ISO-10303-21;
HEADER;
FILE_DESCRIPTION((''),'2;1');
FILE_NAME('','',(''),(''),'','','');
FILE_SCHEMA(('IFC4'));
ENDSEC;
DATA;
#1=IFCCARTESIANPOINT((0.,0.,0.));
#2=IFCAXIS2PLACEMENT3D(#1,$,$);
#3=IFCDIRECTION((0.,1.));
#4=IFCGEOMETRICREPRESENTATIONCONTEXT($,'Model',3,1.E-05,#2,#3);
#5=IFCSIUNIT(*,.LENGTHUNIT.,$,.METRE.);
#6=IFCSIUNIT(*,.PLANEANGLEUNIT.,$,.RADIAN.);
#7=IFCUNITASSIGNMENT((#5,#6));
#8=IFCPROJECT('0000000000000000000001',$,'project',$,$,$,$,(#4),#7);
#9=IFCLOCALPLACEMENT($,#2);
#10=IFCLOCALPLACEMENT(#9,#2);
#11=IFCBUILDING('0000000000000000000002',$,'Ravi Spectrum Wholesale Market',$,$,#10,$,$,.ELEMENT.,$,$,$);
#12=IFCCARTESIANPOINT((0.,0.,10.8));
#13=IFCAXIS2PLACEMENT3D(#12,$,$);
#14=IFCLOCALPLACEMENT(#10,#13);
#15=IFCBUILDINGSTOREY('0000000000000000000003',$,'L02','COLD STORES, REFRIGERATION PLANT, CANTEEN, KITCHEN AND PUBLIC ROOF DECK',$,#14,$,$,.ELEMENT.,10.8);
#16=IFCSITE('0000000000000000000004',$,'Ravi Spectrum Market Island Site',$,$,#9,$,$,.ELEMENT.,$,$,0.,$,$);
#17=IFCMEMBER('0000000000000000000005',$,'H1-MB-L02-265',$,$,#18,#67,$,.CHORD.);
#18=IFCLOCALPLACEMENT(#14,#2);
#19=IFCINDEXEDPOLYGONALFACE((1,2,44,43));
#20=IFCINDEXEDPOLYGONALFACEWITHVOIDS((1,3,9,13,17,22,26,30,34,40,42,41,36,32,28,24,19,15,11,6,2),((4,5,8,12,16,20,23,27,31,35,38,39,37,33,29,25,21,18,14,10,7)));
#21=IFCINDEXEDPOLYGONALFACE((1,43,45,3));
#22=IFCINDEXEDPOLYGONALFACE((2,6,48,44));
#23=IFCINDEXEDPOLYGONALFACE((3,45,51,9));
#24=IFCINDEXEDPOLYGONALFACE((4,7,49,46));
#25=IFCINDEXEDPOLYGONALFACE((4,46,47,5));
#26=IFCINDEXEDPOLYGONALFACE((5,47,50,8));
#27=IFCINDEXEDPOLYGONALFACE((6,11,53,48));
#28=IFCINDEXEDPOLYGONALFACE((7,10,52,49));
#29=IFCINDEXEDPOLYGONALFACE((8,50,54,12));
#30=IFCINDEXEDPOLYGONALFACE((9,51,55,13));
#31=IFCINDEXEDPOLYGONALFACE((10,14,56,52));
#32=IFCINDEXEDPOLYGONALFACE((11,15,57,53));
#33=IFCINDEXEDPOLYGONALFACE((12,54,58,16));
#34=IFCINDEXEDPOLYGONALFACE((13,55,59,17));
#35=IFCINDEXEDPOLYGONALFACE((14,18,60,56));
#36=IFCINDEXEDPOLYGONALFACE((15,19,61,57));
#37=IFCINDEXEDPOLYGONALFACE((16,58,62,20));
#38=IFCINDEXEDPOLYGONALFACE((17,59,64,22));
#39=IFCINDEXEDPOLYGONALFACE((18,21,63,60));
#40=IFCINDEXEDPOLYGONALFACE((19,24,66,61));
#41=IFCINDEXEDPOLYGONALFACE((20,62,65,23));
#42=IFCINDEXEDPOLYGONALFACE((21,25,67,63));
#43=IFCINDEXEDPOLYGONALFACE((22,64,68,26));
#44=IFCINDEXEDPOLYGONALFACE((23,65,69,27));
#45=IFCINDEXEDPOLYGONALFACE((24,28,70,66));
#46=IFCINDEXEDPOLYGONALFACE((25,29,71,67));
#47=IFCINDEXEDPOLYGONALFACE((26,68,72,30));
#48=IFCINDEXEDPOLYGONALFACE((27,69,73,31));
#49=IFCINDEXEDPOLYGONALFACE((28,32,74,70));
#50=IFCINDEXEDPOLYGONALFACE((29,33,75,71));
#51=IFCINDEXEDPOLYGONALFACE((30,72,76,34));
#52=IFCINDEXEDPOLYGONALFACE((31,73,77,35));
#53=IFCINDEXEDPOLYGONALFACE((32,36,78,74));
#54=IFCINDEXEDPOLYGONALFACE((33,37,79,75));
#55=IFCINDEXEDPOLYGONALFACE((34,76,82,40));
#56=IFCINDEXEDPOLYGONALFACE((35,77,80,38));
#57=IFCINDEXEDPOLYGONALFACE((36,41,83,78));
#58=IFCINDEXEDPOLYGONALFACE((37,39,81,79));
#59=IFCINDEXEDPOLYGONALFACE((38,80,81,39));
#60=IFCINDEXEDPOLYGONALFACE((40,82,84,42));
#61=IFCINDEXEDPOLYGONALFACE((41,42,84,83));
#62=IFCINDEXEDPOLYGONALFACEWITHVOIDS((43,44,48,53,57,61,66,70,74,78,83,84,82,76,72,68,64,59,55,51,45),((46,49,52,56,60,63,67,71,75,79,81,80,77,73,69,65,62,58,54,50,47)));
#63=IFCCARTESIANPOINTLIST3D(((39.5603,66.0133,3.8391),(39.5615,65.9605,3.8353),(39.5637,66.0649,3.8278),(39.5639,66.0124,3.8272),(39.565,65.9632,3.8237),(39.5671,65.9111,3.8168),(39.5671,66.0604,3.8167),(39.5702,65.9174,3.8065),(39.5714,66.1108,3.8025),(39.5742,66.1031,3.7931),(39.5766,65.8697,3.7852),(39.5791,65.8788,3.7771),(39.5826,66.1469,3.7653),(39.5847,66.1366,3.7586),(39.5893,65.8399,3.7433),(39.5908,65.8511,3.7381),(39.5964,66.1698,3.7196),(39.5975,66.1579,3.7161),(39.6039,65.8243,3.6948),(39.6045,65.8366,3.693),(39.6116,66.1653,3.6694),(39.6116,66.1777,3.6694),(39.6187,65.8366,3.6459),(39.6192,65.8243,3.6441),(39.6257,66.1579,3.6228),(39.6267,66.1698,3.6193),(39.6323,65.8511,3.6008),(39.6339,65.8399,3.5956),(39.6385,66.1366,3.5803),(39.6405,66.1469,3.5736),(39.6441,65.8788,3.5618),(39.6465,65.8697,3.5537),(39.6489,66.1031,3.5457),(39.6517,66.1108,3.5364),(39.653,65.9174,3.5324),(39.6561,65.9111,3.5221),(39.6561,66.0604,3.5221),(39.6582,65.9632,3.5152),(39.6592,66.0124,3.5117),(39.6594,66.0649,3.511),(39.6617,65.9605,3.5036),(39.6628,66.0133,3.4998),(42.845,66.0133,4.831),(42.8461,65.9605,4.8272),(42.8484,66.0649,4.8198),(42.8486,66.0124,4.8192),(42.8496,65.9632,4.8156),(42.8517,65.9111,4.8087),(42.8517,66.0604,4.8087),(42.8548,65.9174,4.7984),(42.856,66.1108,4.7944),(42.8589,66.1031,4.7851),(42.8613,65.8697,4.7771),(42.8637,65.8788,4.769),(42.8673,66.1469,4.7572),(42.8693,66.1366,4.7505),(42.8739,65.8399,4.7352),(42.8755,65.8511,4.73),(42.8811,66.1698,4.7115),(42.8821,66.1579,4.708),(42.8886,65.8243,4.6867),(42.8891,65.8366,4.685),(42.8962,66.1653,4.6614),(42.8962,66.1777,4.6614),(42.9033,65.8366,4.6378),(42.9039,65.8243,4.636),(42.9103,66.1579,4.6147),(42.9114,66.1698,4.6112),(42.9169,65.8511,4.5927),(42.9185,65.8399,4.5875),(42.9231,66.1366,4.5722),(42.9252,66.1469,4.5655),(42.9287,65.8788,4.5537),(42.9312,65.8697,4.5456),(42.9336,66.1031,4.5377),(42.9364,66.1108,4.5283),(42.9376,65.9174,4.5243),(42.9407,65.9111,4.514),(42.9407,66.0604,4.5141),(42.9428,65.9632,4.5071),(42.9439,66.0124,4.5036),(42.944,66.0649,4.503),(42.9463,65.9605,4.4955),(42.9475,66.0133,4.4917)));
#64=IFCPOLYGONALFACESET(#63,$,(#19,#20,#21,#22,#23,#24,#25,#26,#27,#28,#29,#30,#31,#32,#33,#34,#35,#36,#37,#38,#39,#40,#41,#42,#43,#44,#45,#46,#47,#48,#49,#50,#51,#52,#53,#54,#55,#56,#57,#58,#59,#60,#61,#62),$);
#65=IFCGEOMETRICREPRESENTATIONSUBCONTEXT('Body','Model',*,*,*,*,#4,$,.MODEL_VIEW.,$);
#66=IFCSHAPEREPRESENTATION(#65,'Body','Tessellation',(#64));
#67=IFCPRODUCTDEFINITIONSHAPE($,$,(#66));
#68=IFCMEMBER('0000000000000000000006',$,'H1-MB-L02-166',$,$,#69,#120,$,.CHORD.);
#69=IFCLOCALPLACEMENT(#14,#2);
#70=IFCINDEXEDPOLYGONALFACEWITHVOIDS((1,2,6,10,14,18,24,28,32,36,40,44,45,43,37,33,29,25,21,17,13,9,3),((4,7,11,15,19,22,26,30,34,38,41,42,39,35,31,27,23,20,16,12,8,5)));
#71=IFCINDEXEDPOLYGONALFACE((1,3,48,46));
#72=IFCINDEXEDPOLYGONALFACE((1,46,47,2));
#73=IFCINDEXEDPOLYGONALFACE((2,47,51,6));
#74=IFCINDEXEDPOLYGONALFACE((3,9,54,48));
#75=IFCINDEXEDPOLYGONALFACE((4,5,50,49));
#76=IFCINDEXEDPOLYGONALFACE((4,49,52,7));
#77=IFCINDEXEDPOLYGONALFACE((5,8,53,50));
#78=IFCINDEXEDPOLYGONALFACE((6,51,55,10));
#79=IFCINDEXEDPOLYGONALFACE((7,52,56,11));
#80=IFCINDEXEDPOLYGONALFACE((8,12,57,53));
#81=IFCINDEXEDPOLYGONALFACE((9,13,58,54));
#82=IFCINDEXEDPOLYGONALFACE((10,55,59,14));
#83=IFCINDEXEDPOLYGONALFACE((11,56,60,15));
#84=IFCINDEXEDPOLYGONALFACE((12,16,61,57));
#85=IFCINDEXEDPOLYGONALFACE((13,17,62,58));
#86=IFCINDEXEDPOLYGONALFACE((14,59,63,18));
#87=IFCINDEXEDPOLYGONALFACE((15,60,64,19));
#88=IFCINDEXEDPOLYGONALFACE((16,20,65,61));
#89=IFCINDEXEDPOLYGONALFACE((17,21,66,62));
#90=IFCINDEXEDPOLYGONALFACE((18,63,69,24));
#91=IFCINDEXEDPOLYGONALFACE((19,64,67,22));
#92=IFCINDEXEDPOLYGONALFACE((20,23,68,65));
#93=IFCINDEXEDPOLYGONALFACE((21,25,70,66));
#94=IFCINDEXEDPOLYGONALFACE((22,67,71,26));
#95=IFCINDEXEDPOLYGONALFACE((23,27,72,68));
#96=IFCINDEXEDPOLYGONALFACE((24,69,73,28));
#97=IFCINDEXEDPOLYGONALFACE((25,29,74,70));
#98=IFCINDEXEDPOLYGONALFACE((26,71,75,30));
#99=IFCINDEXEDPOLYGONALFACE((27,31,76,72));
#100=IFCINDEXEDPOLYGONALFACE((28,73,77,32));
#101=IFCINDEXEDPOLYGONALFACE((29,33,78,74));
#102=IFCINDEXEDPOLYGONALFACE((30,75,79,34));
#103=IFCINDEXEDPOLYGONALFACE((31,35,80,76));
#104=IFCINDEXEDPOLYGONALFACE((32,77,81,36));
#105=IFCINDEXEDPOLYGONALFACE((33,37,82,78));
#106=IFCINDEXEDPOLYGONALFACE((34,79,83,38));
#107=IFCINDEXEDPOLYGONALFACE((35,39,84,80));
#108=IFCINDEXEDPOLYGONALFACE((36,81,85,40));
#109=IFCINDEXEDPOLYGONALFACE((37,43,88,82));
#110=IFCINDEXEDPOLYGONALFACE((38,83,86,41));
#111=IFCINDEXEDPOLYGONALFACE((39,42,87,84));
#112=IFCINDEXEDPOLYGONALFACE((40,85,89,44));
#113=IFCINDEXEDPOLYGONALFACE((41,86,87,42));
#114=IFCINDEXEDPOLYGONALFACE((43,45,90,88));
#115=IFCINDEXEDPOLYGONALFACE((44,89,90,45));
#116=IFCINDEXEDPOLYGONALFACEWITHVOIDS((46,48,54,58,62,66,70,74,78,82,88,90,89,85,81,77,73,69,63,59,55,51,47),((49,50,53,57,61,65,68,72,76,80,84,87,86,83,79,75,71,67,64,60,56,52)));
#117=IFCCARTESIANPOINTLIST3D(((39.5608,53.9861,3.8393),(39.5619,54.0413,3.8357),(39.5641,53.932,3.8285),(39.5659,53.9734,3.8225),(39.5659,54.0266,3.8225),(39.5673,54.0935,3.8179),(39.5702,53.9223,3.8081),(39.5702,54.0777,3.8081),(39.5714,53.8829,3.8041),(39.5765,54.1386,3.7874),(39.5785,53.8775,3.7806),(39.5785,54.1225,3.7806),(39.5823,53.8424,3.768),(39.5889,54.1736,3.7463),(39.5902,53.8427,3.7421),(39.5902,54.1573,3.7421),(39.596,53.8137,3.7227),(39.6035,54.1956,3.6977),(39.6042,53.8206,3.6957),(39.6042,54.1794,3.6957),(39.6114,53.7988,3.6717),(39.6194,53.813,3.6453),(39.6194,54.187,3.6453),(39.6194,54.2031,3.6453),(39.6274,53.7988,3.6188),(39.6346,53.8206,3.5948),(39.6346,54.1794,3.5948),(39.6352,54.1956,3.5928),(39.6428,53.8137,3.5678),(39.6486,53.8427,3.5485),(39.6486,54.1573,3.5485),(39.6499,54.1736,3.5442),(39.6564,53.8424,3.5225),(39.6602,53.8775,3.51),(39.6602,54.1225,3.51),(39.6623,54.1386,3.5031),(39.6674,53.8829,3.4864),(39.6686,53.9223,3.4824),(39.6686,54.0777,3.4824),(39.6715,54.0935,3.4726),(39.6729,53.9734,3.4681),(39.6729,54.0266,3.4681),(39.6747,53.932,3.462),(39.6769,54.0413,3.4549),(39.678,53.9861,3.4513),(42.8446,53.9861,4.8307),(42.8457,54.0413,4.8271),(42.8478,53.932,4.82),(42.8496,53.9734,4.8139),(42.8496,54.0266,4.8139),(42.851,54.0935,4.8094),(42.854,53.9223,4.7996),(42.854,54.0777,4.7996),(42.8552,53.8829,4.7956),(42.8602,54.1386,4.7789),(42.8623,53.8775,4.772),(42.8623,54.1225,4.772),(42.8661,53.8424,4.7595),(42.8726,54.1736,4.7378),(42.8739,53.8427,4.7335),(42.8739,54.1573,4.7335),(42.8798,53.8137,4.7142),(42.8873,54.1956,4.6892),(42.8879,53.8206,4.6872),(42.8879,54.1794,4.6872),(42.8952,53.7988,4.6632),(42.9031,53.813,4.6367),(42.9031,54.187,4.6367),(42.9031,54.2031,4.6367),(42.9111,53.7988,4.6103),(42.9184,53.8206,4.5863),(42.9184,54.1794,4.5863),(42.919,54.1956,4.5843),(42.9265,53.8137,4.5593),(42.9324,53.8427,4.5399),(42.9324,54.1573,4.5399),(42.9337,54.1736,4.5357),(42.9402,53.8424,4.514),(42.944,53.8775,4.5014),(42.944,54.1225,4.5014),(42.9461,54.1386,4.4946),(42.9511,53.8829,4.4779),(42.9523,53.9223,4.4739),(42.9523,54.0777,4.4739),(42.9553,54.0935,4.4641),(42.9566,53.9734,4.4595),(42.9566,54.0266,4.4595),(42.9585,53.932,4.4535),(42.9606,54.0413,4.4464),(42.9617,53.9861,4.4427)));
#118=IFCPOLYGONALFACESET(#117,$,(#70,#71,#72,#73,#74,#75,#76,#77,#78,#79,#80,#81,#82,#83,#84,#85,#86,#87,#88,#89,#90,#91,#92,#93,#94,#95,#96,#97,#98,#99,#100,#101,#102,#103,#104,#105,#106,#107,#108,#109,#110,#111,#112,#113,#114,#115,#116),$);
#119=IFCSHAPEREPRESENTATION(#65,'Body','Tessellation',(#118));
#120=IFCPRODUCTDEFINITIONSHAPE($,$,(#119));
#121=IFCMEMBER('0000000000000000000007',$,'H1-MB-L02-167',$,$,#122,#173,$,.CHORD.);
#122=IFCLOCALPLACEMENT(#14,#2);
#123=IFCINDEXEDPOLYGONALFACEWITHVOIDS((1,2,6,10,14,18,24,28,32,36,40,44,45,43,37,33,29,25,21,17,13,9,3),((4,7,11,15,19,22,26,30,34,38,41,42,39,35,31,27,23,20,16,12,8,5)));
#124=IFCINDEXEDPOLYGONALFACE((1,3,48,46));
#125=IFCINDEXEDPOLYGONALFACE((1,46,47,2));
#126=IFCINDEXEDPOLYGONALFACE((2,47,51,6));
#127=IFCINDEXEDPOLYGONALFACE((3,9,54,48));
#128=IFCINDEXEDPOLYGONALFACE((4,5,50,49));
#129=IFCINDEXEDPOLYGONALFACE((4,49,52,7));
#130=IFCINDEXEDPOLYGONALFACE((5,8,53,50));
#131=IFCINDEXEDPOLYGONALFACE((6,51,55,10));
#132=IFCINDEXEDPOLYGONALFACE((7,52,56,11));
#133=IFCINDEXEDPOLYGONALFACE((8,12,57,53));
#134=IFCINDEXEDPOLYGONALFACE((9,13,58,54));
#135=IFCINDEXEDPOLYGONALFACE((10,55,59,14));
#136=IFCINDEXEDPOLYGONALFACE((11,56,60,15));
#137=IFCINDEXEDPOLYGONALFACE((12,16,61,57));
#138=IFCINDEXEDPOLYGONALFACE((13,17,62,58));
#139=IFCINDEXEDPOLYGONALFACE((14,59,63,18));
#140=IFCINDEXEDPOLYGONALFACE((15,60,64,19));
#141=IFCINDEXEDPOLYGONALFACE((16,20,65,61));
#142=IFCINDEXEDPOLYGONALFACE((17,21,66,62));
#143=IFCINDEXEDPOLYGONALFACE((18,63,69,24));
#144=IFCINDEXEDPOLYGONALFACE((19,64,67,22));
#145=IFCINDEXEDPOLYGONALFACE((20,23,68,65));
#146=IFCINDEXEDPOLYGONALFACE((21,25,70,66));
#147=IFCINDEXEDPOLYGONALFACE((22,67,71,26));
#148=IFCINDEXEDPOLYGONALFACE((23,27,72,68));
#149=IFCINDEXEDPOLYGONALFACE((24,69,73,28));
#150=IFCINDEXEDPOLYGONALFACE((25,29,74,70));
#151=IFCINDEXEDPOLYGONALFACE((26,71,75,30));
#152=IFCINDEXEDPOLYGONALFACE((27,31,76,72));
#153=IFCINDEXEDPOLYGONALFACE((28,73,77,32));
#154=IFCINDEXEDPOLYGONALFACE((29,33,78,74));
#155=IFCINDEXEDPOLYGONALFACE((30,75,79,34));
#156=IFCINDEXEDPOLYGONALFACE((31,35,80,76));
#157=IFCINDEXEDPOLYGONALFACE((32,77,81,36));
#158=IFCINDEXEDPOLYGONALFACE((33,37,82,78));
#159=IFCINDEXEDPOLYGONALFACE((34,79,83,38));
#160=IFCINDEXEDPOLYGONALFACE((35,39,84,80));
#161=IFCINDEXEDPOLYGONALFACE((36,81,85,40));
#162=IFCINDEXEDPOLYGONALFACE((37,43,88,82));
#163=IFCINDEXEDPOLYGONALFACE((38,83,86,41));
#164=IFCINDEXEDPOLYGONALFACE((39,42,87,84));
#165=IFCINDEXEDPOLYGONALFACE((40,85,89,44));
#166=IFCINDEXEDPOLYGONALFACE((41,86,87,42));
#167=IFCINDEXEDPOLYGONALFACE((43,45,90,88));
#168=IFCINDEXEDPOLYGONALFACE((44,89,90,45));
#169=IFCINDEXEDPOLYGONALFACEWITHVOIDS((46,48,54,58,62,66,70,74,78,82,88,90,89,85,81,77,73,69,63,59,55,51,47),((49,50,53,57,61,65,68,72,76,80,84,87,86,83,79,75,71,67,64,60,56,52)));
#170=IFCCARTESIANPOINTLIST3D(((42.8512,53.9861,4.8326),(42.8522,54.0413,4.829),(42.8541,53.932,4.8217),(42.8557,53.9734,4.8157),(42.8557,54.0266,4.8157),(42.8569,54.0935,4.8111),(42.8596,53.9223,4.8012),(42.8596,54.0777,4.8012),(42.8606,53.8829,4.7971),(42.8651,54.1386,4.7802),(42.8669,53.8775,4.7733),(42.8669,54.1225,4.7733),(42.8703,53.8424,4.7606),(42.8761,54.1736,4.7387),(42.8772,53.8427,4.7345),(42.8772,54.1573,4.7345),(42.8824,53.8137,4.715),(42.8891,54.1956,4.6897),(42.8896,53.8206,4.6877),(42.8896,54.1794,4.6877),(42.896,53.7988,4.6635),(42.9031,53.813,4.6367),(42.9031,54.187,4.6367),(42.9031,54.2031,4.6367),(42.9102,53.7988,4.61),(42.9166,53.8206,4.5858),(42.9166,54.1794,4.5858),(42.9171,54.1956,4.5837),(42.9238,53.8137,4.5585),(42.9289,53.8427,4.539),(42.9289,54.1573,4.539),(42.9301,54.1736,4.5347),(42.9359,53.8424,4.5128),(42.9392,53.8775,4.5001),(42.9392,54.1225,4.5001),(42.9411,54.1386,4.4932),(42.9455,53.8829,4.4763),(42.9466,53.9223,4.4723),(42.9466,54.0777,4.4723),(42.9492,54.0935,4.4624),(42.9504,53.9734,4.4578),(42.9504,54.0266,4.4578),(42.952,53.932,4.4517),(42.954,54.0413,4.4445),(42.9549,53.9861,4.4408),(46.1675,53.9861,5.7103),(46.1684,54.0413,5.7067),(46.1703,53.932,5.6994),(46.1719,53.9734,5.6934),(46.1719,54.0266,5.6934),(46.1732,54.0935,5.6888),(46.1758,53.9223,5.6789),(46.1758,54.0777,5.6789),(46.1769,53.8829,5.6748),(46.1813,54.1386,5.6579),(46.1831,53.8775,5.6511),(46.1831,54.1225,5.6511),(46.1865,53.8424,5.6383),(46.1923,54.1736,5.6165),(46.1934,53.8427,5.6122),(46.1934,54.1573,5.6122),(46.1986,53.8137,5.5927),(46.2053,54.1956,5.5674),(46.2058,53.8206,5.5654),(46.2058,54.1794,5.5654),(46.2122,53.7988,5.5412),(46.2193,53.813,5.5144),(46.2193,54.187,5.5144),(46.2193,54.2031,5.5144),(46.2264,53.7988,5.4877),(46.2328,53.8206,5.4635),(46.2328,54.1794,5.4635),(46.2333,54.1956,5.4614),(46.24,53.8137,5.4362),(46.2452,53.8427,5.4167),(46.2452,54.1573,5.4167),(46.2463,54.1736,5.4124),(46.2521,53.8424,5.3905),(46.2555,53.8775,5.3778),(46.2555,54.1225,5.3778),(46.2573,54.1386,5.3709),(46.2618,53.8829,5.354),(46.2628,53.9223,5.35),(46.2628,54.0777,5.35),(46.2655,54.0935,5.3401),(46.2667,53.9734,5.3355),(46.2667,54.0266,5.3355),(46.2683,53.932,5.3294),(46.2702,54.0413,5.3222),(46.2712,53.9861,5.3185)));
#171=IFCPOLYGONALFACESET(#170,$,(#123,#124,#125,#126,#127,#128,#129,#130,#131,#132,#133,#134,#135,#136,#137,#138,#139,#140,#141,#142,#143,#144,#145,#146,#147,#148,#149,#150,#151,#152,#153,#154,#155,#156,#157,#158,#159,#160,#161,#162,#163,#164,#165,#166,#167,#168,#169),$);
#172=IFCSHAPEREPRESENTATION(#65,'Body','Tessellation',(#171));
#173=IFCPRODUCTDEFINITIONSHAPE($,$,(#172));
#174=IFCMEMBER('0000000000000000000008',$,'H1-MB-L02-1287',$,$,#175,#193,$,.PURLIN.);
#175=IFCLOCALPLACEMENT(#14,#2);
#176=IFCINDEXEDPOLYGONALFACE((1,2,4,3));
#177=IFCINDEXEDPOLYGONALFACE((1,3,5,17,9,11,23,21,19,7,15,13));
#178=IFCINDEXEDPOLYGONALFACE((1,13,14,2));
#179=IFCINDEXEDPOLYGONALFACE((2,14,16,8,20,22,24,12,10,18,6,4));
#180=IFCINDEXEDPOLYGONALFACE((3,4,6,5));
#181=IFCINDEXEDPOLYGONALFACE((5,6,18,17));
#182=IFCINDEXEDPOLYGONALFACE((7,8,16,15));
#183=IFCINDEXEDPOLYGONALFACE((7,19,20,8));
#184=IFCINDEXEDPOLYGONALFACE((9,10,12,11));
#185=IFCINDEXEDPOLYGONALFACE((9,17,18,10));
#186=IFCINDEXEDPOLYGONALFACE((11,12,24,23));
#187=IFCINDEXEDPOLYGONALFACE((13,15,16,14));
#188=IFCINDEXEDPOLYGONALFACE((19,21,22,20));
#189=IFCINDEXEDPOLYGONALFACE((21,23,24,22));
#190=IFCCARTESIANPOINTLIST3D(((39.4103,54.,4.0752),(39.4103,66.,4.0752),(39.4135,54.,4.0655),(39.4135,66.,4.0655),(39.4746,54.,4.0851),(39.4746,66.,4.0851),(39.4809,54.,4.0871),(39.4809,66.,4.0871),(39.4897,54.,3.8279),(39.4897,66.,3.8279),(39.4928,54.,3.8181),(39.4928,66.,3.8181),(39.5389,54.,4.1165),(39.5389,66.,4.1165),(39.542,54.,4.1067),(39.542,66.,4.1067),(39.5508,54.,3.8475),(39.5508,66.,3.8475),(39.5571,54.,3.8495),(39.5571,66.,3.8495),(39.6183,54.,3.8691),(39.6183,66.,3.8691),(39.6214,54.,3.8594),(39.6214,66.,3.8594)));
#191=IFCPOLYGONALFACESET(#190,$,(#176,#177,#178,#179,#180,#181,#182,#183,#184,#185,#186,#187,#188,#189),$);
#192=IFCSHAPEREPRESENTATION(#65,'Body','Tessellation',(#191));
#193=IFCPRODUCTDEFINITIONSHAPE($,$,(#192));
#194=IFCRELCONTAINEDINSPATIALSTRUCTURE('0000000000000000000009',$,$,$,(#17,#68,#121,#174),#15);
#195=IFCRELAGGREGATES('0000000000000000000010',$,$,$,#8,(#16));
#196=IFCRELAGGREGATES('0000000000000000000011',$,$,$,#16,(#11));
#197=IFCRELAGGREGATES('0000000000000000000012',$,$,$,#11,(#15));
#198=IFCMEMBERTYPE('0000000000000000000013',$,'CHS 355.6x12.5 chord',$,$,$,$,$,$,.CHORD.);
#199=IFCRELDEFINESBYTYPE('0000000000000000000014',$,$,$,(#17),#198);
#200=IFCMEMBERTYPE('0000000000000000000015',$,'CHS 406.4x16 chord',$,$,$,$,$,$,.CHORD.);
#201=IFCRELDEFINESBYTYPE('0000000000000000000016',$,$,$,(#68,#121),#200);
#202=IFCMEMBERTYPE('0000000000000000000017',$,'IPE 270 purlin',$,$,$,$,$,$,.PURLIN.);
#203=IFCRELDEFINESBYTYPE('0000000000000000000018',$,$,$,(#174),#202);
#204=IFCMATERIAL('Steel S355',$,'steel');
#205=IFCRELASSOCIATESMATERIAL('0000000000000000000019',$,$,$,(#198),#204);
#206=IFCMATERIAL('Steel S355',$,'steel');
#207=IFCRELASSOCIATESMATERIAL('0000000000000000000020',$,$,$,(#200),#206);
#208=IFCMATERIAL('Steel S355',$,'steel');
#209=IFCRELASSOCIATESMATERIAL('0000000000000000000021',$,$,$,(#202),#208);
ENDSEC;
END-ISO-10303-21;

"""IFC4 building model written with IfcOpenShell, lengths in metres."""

from ifc_helpers import new_model, si_unit, direction, frame, origin, origin_2d, place, context, subcontext, project, spatial, hollow_circle, i_section, extrude, material, material_profile, profile_set, type_object, element, save


model = new_model("IFC4")

# Units and contexts
model_context = context("Model", 3, precision=1e-05, world=origin(), true_north=direction((0.0, 1.0)))
body_context = subcontext(model_context, "Body", "Model", "MODEL_VIEW")
ifc_project = project(units=[si_unit("LENGTHUNIT", "METRE"), si_unit("PLANEANGLEUNIT", "RADIAN")], contexts=[model_context])

# Site, building, storey
site_placement = place(None, origin())
site = spatial("IfcSite", under=ifc_project, at=site_placement, Name="Ravi Spectrum Market Island Site", CompositionType="ELEMENT", RefElevation=0.0)
building_placement = place(site_placement, origin())
building = spatial("IfcBuilding", under=site, at=building_placement, Name="Ravi Spectrum Wholesale Market", CompositionType="ELEMENT")
storey_placement = place(building_placement, frame((0.0, 0.0, 10.8)))
storey = spatial("IfcBuildingStorey", under=building, at=storey_placement, Name="L02", Description="COLD STORES, REFRIGERATION PLANT, CANTEEN, KITCHEN AND PUBLIC ROOF DECK", CompositionType="ELEMENT", Elevation=10.8)

# Members
ifc_material_1 = material(Name="Steel S355", Category="steel")
ifc_material_profile_1 = material_profile(ifc_material_1, hollow_circle(Radius=0.1777, WallThickness=0.0125, at=origin_2d()))
ifc_profile_set_1 = profile_set([ifc_material_profile_1], Name="Steel S355")
member_type_1 = type_object("IfcMemberType", Name="CHS 355.6x12.5 chord", PredefinedType="CHORD", material=ifc_profile_set_1)
member_1_placement = place(storey_placement, frame((39.6116, 66.0, 3.6694), z_axis=(0.9573, 0.0, 0.289097), x_axis=(0.0, 1.0, 0.0)))
element("IfcMember", 1, at=member_1_placement, inside=storey, type_object=member_type_1, Name="H1-MB-L02-265", PredefinedType="CHORD", context=body_context, shape_type="SweptSolid", body=[
    extrude(hollow_circle(Radius=0.1777, WallThickness=0.0125, at=origin_2d()), origin(), (0.0, 0.0, 1.0), 3.4312),
])
ifc_material_2 = material(Name="Steel S355", Category="steel")
ifc_material_profile_2 = material_profile(ifc_material_2, hollow_circle(Radius=0.2031, WallThickness=0.0161, at=origin_2d()))
ifc_profile_set_2 = profile_set([ifc_material_profile_2], Name="Steel S355")
member_type_2 = type_object("IfcMemberType", Name="CHS 406.4x16 chord", PredefinedType="CHORD", material=ifc_profile_set_2)
member_2_placement = place(storey_placement, frame((39.6194, 54.0, 3.6453), z_axis=(0.957315, 0.0, 0.289045), x_axis=(0.0, 1.0, 0.0)))
element("IfcMember", 2, at=member_2_placement, inside=storey, type_object=member_type_2, Name="H1-MB-L02-166", PredefinedType="CHORD", context=body_context, shape_type="SweptSolid", body=[
    extrude(hollow_circle(Radius=0.2031, WallThickness=0.0161, at=origin_2d()), origin(), (0.0, 0.0, 1.0), 3.4302),
])
member_3_placement = place(storey_placement, frame((42.9031, 54.0, 4.6367), z_axis=(0.966714, 0.0, 0.255859), x_axis=(0.0, 1.0, 0.0)))
element("IfcMember", 3, at=member_3_placement, inside=storey, type_object=member_type_2, Name="H1-MB-L02-167", PredefinedType="CHORD", context=body_context, shape_type="SweptSolid", body=[
    extrude(hollow_circle(Radius=0.2031, WallThickness=0.0161, at=origin_2d()), origin(), (0.0, 0.0, 1.0), 3.4304),
])
ifc_material_3 = material(Name="Steel S355", Category="steel")
ifc_material_profile_3 = material_profile(ifc_material_3, i_section(OverallWidth=0.135, OverallDepth=0.27, WebThickness=0.0066, FlangeThickness=0.0103, at=origin_2d()))
ifc_profile_set_3 = profile_set([ifc_material_profile_3], Name="Steel S355")
member_type_3 = type_object("IfcMemberType", Name="IPE 270 purlin", PredefinedType="PURLIN", material=ifc_profile_set_3)
for number, where, z_axis, x_axis, name in (
    (4, (39.5159, 54.0, 3.9673), (0.0, 1.0, 0.0), (-0.952184, 0.0, -0.305524), "H1-MB-L02-1287"),
):
    element("IfcMember", number, at=place(storey_placement, frame(where, z_axis=z_axis, x_axis=x_axis)), inside=storey, type_object=member_type_3, Name=name, PredefinedType="PURLIN", context=body_context, shape_type="SweptSolid", body=[
        extrude(i_section(OverallWidth=0.135, OverallDepth=0.27, WebThickness=0.0066, FlangeThickness=0.0103, at=origin_2d()), origin(), (0.0, 0.0, 1.0), 12.0),
    ])

save(model, "model.ifc")
